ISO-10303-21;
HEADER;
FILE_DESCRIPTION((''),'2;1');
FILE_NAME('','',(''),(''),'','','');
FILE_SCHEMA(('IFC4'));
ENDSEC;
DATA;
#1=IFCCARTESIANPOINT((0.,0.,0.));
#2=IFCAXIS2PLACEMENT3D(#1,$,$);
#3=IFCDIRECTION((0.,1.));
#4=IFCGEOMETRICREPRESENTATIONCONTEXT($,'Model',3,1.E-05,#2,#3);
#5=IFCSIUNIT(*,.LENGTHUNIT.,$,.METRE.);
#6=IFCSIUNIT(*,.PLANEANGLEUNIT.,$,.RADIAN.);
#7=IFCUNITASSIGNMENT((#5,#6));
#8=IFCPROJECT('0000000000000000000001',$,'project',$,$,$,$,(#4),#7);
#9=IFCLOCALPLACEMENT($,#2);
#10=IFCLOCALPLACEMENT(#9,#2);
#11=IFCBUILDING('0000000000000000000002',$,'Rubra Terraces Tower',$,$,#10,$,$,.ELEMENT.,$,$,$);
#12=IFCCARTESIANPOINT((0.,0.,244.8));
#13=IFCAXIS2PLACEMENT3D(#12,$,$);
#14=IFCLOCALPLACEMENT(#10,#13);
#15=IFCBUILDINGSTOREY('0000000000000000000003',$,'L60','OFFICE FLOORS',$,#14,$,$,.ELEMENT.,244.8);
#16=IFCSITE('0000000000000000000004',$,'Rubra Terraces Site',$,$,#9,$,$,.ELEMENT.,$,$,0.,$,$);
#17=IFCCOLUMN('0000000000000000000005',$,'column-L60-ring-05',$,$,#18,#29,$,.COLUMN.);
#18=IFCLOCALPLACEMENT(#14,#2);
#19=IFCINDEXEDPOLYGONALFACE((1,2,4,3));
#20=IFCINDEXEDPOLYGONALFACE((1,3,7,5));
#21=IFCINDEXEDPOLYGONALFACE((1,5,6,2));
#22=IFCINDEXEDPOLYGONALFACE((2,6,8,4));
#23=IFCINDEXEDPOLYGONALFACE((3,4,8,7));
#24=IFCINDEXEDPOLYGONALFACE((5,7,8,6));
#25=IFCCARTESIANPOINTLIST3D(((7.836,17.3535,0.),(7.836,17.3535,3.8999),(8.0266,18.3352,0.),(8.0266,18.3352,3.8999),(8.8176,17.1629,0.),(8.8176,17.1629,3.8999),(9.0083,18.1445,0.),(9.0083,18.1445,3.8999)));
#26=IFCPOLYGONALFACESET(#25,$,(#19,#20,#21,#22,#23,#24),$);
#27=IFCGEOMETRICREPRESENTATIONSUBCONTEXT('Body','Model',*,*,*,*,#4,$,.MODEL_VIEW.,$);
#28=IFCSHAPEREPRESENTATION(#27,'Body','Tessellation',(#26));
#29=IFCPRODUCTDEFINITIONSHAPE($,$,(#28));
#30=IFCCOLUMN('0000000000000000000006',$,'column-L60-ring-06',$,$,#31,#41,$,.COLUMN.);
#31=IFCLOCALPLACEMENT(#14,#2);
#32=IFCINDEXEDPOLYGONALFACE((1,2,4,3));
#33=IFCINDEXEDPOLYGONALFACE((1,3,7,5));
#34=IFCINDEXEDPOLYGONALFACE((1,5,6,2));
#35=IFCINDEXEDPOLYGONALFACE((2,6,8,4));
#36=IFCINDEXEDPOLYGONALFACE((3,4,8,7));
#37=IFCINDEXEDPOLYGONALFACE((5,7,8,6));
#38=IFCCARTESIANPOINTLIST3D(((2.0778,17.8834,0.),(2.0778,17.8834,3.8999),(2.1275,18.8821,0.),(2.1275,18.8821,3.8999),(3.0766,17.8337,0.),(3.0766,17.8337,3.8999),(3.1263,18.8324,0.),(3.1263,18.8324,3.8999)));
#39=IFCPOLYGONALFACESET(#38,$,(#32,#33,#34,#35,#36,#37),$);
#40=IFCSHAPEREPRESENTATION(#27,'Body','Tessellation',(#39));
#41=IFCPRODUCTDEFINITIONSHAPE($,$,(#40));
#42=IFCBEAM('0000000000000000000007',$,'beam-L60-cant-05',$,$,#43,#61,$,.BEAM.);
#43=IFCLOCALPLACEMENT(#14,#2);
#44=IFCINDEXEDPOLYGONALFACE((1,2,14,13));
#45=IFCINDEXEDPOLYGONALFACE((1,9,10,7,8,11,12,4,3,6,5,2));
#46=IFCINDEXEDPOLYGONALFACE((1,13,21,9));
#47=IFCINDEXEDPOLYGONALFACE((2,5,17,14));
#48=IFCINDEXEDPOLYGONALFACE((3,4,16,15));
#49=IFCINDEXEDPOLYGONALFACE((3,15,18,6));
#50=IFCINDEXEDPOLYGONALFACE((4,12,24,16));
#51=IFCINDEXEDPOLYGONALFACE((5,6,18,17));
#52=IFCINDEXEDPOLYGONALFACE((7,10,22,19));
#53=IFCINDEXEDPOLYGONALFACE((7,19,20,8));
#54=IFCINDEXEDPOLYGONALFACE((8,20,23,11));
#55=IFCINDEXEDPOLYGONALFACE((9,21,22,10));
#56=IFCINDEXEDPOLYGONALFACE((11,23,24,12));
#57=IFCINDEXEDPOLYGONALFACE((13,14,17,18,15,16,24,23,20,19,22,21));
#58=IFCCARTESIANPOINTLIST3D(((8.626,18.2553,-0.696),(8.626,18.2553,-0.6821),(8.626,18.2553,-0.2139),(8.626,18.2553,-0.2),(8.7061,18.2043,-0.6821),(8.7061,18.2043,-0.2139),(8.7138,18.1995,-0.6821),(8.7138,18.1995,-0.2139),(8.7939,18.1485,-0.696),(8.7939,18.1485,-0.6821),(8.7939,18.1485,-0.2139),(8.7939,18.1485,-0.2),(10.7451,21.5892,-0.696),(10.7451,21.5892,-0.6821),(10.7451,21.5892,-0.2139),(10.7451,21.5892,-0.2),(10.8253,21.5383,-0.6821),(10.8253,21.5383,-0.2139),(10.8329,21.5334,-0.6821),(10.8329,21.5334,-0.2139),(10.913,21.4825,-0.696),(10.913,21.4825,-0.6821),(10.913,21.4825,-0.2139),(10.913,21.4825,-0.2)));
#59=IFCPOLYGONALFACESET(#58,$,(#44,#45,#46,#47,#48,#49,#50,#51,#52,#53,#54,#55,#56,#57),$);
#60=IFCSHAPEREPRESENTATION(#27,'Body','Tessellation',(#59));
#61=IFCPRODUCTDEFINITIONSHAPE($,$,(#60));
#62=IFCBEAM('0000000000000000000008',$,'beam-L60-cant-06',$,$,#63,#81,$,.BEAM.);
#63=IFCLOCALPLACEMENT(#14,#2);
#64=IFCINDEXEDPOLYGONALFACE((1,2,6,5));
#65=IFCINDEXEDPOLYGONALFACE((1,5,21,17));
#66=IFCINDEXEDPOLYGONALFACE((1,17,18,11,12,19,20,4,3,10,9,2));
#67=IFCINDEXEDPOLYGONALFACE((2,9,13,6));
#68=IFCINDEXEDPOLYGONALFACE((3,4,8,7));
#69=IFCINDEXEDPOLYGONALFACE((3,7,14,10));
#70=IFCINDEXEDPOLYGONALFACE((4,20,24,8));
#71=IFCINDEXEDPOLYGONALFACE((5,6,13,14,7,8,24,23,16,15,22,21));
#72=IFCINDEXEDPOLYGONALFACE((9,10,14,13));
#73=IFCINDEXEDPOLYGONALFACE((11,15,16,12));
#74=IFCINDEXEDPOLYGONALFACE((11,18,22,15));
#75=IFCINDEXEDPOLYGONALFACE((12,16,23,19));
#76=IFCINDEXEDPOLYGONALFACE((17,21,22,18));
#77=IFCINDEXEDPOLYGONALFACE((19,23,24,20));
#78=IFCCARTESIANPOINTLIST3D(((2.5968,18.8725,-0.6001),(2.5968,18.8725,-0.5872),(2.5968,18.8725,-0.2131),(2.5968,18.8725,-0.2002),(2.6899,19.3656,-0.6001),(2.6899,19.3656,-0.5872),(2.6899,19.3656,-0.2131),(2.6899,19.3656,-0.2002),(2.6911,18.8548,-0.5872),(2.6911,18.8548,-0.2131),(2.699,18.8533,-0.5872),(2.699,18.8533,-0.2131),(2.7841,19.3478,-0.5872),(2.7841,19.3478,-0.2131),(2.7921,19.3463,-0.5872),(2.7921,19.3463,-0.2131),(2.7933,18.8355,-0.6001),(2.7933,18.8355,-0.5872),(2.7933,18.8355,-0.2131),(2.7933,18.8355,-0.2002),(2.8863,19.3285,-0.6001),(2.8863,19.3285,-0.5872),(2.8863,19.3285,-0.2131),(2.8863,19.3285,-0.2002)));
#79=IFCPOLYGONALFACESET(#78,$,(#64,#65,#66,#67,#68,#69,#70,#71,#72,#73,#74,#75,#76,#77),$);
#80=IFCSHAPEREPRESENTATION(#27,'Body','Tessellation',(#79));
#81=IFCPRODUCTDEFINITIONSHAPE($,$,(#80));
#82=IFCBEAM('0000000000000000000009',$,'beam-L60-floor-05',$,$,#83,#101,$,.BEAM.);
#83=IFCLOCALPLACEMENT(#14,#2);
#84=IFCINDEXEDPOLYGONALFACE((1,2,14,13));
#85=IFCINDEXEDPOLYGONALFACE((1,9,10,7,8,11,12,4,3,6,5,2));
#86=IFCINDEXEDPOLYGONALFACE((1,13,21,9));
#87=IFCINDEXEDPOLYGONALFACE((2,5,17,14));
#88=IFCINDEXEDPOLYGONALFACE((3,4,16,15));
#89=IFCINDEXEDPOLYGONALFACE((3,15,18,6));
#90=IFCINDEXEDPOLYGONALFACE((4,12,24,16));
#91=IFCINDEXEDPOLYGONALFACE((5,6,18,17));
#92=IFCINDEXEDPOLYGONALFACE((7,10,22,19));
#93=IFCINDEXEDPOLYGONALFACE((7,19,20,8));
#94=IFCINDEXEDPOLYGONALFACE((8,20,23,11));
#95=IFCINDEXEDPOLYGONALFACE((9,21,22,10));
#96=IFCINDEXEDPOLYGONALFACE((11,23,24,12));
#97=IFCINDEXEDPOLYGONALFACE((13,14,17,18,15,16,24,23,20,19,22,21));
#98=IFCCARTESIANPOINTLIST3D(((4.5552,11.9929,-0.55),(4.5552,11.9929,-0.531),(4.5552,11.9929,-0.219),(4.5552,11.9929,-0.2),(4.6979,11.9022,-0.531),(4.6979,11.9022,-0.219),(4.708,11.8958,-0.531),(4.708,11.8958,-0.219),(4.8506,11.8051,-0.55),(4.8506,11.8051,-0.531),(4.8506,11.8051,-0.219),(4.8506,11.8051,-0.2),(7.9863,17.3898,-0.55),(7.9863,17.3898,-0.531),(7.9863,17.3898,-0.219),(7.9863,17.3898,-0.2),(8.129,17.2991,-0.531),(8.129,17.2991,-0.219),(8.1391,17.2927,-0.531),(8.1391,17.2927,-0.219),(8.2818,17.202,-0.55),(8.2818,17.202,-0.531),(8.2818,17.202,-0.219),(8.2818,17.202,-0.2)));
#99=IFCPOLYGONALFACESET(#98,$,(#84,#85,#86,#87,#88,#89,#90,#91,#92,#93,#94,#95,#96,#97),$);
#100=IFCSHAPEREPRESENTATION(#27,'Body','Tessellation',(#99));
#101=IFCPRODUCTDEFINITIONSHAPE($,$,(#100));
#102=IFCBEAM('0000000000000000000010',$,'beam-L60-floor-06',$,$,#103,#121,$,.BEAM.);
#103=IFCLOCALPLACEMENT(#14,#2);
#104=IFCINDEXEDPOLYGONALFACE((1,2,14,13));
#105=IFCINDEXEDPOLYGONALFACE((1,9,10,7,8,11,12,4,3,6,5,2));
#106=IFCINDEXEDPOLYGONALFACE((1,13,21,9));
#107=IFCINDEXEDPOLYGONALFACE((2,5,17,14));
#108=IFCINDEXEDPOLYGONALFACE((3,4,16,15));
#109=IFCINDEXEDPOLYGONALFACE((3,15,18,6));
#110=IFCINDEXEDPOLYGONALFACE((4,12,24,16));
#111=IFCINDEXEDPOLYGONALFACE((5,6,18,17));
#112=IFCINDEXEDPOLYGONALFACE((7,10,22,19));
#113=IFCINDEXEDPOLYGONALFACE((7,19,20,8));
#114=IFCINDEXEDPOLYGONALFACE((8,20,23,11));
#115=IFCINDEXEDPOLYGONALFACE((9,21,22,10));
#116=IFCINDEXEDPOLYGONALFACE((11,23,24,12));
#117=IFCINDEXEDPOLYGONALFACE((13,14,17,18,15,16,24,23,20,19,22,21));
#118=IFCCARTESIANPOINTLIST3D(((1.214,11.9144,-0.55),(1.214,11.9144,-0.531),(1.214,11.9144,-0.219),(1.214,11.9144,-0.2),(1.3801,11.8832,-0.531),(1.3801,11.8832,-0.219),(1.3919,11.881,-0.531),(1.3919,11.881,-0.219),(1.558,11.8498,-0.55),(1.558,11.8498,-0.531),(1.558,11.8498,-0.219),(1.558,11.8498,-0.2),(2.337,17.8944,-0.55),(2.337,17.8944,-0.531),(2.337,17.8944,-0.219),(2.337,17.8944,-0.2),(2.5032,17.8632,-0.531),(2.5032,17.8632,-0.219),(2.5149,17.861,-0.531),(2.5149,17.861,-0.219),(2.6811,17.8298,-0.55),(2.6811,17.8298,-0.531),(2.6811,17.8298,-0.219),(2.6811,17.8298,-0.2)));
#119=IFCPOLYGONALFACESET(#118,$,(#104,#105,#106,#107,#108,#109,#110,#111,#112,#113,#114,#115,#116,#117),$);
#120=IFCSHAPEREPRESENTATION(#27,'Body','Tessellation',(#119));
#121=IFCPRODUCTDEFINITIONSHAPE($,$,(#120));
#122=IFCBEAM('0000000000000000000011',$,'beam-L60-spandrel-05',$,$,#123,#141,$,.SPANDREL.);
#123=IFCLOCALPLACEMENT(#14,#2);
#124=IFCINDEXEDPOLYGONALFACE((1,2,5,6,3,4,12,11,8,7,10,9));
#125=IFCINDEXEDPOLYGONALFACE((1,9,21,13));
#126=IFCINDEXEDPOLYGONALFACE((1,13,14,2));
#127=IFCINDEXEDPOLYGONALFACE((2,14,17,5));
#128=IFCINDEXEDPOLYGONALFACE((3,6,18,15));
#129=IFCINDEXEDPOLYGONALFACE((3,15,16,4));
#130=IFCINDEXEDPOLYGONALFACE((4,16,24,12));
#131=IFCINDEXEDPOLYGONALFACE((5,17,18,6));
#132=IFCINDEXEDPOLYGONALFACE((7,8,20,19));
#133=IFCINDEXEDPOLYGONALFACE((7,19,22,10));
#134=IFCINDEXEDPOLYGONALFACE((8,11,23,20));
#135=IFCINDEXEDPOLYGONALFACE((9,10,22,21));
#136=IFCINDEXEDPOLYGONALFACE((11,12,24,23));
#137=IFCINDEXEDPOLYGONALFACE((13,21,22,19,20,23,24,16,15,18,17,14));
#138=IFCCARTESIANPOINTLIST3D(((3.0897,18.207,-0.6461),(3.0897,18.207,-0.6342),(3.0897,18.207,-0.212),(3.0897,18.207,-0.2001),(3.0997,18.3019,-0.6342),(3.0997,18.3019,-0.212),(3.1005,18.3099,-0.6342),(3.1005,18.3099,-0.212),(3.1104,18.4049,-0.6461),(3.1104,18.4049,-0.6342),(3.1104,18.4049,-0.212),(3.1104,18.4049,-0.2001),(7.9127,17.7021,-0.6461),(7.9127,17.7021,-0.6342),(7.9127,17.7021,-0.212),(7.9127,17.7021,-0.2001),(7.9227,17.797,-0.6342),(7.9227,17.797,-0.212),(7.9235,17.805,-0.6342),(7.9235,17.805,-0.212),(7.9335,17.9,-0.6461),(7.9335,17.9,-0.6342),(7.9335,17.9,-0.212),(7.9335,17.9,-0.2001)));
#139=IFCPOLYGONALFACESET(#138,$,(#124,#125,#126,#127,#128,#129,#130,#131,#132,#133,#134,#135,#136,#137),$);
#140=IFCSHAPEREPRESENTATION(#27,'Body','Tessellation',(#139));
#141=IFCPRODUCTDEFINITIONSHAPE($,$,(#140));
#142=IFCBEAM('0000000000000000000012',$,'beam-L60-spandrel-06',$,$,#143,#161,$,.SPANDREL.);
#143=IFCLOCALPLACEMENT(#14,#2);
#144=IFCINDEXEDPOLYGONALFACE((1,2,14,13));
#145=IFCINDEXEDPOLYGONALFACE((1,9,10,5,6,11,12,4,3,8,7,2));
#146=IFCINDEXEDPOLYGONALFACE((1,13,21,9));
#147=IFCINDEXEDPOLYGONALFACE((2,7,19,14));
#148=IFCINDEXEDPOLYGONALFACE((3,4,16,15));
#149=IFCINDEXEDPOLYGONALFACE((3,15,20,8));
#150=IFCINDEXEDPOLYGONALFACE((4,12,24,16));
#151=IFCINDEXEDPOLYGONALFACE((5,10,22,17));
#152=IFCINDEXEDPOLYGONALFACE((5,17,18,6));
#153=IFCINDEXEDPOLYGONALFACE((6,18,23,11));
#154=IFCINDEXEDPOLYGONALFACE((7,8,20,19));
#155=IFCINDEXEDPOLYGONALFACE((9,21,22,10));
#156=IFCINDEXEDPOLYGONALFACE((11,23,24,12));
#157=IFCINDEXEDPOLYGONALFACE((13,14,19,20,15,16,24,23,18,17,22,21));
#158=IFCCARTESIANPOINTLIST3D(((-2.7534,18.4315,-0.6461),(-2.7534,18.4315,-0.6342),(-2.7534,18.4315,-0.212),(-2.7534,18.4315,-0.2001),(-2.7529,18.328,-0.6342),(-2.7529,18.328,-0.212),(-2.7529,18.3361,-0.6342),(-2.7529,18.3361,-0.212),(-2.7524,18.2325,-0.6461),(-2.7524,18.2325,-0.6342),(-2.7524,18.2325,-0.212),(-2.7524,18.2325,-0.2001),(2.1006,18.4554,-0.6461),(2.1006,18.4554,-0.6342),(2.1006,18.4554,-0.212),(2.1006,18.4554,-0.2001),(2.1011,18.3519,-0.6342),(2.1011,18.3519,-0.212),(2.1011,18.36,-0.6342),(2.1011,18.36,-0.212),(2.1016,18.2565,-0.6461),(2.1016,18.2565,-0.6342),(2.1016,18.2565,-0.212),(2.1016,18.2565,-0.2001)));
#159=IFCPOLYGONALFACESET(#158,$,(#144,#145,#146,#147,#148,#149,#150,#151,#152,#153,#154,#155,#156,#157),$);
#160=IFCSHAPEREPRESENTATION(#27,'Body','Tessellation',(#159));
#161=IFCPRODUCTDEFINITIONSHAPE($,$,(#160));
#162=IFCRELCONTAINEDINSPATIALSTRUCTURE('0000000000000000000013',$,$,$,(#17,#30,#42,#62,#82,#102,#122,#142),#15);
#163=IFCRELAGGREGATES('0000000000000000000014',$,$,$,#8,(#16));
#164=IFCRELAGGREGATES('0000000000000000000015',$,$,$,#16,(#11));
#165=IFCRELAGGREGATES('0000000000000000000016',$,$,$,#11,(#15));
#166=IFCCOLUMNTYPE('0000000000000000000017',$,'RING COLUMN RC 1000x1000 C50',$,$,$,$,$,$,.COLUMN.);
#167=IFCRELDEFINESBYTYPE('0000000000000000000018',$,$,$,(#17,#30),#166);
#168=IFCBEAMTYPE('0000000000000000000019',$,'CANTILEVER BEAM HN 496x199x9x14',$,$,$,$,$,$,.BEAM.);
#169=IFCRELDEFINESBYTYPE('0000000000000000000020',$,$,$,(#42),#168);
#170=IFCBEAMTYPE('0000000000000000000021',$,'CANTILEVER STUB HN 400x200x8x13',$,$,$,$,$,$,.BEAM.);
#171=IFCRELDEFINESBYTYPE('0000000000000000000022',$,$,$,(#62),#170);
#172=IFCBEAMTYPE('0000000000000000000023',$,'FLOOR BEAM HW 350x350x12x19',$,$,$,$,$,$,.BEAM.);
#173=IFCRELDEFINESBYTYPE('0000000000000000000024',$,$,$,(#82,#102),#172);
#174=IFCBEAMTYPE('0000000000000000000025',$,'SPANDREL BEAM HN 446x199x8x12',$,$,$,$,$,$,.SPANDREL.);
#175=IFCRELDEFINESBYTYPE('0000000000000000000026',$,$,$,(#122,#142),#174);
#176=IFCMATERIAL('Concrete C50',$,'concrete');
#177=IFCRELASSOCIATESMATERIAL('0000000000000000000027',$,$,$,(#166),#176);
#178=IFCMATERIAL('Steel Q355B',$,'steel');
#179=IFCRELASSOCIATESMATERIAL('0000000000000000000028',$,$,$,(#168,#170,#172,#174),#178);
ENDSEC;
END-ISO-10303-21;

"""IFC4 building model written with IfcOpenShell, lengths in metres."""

from ifc_helpers import new_model, si_unit, direction, frame, origin, origin_2d, place, context, subcontext, project, spatial, rectangle, i_section, extrude, material, material_profile, profile_set, type_object, element, save


model = new_model("IFC4")

# Units and contexts
model_context = context("Model", 3, precision=1e-05, world=origin(), true_north=direction((0.0, 1.0)))
body_context = subcontext(model_context, "Body", "Model", "MODEL_VIEW")
ifc_project = project(units=[si_unit("LENGTHUNIT", "METRE"), si_unit("PLANEANGLEUNIT", "RADIAN")], contexts=[model_context])

# Site, building, storey
site_placement = place(None, origin())
site = spatial("IfcSite", under=ifc_project, at=site_placement, Name="Rubra Terraces Site", CompositionType="ELEMENT", RefElevation=0.0)
building_placement = place(site_placement, origin())
building = spatial("IfcBuilding", under=site, at=building_placement, Name="Rubra Terraces Tower", CompositionType="ELEMENT")
storey_placement = place(building_placement, frame((0.0, 0.0, 244.8)))
storey = spatial("IfcBuildingStorey", under=building, at=storey_placement, Name="L60", Description="OFFICE FLOORS", CompositionType="ELEMENT", Elevation=244.8)

# Columns
ifc_material_1 = material(Name="Concrete C50", Category="concrete")
ifc_material_profile_1 = material_profile(ifc_material_1, rectangle(XDim=1.0, YDim=1.0, at=origin_2d()), Name="RC 1000x1000")
ifc_profile_set_1 = profile_set([ifc_material_profile_1], Name="Concrete C50")
column_type = type_object("IfcColumnType", Name="RING COLUMN RC 1000x1000 C50", PredefinedType="COLUMN", material=ifc_profile_set_1)
for number, where, z_axis, x_axis, name in (
    (1, (8.4221, 17.749, 0.0), (0.0, 0.0, 1.0), (-0.981655, 0.190668, 0.0), "column-L60-ring-05"),
    (2, (2.6021, 18.3579, 0.0), (0.0, 0.0, 1.0), (-0.998764, 0.049699, 0.0), "column-L60-ring-06"),
):
    element("IfcColumn", number, at=place(storey_placement, frame(where, z_axis=z_axis, x_axis=x_axis)), inside=storey, type_object=column_type, Name=name, PredefinedType="COLUMN", context=body_context, shape_type="SweptSolid", body=[
        extrude(rectangle(XDim=1.0, YDim=1.0, at=origin_2d()), origin(), (0.0, 0.0, 1.0), 3.8999),
    ])

# Beams
ifc_material_2 = material(Name="Steel Q355B", Category="steel")
ifc_material_profile_2 = material_profile(ifc_material_2, i_section(OverallWidth=0.199, OverallDepth=0.4961, WebThickness=0.009, FlangeThickness=0.0139, at=origin_2d()), Name="HN 496x199x9x14")
ifc_profile_set_2 = profile_set([ifc_material_profile_2], Name="Steel Q355B")
beam_type_1 = type_object("IfcBeamType", Name="CANTILEVER BEAM HN 496x199x9x14", PredefinedType="BEAM", material=ifc_profile_set_2)
beam_1_placement = place(storey_placement, frame((8.71, 18.2019, -0.448), z_axis=(0.536428, 0.843946, 0.0), x_axis=(-0.843946, 0.536428, 0.0)))
element("IfcBeam", 3, at=beam_1_placement, inside=storey, type_object=beam_type_1, Name="beam-L60-cant-05", PredefinedType="BEAM", context=body_context, shape_type="SweptSolid", body=[
    extrude(i_section(OverallWidth=0.199, OverallDepth=0.4961, WebThickness=0.009, FlangeThickness=0.0139, at=origin_2d()), origin(), (0.0, 0.0, 1.0), 3.9504),
])
ifc_material_profile_3 = material_profile(ifc_material_2, i_section(OverallWidth=0.2, OverallDepth=0.3999, WebThickness=0.0081, FlangeThickness=0.0129, at=origin_2d()), Name="HN 400x200x8x13")
ifc_profile_set_3 = profile_set([ifc_material_profile_3], Name="Steel Q355B")
beam_type_2 = type_object("IfcBeamType", Name="CANTILEVER STUB HN 400x200x8x13", PredefinedType="BEAM", material=ifc_profile_set_3)
beam_2_placement = place(storey_placement, frame((2.6951, 18.854, -0.4001), z_axis=(0.185434, 0.982657, 0.0), x_axis=(-0.982657, 0.185434, 0.0)))
element("IfcBeam", 4, at=beam_2_placement, inside=storey, type_object=beam_type_2, Name="beam-L60-cant-06", PredefinedType="BEAM", context=body_context, shape_type="SweptSolid", body=[
    extrude(i_section(OverallWidth=0.2, OverallDepth=0.3999, WebThickness=0.0081, FlangeThickness=0.0129, at=origin_2d()), origin(), (0.0, 0.0, 1.0), 0.5017),
])
ifc_material_profile_4 = material_profile(ifc_material_2, i_section(OverallWidth=0.3501, OverallDepth=0.3501, WebThickness=0.012, FlangeThickness=0.019, at=origin_2d()), Name="HW 350x350x12x19")
ifc_profile_set_4 = profile_set([ifc_material_profile_4], Name="Steel Q355B")
beam_type_3 = type_object("IfcBeamType", Name="FLOOR BEAM HW 350x350x12x19", PredefinedType="BEAM", material=ifc_profile_set_4)
beam_3_placement = place(storey_placement, frame((8.134, 17.2959, -0.375), z_axis=(-0.53651, -0.843894, 0.0), x_axis=(0.843894, -0.53651, 0.0)))
element("IfcBeam", 5, at=beam_3_placement, inside=storey, type_object=beam_type_3, Name="beam-L60-floor-05", PredefinedType="BEAM", context=body_context, shape_type="SweptSolid", body=[
    extrude(i_section(OverallWidth=0.3501, OverallDepth=0.3501, WebThickness=0.012, FlangeThickness=0.019, at=origin_2d()), origin(), (0.0, 0.0, 1.0), 6.3953),
])
beam_4_placement = place(storey_placement, frame((2.509, 17.8621, -0.375), z_axis=(-0.184574, -0.982819, 0.0), x_axis=(0.982819, -0.184574, 0.0)))
element("IfcBeam", 6, at=beam_4_placement, inside=storey, type_object=beam_type_3, Name="beam-L60-floor-06", PredefinedType="BEAM", context=body_context, shape_type="SweptSolid", body=[
    extrude(i_section(OverallWidth=0.3501, OverallDepth=0.3501, WebThickness=0.012, FlangeThickness=0.019, at=origin_2d()), origin(), (0.0, 0.0, 1.0), 6.0845),
])
ifc_material_profile_5 = material_profile(ifc_material_2, i_section(OverallWidth=0.199, OverallDepth=0.446, WebThickness=0.0081, FlangeThickness=0.012, at=origin_2d()), Name="HN 446x199x8x12")
ifc_profile_set_5 = profile_set([ifc_material_profile_5], Name="Steel Q355B")
beam_type_4 = type_object("IfcBeamType", Name="SPANDREL BEAM HN 446x199x8x12", PredefinedType="SPANDREL", material=ifc_profile_set_5)
beam_5_placement = place(storey_placement, frame((7.9231, 17.801, -0.4231), z_axis=(-0.994565, 0.104113, 0.0), x_axis=(-0.104113, -0.994565, 0.0)))
element("IfcBeam", 7, at=beam_5_placement, inside=storey, type_object=beam_type_4, Name="beam-L60-spandrel-05", PredefinedType="SPANDREL", context=body_context, shape_type="SweptSolid", body=[
    extrude(i_section(OverallWidth=0.199, OverallDepth=0.446, WebThickness=0.0081, FlangeThickness=0.012, at=origin_2d()), origin(), (0.0, 0.0, 1.0), 4.8494),
])
beam_6_placement = place(storey_placement, frame((2.1011, 18.356, -0.4231), z_axis=(-0.999988, -0.004929, 0.0), x_axis=(0.004929, -0.999988, 0.0)))
element("IfcBeam", 8, at=beam_6_placement, inside=storey, type_object=beam_type_4, Name="beam-L60-spandrel-06", PredefinedType="SPANDREL", context=body_context, shape_type="SweptSolid", body=[
    extrude(i_section(OverallWidth=0.199, OverallDepth=0.446, WebThickness=0.0081, FlangeThickness=0.012, at=origin_2d()), origin(), (0.0, 0.0, 1.0), 4.854),
])

save(model, "model.ifc")
